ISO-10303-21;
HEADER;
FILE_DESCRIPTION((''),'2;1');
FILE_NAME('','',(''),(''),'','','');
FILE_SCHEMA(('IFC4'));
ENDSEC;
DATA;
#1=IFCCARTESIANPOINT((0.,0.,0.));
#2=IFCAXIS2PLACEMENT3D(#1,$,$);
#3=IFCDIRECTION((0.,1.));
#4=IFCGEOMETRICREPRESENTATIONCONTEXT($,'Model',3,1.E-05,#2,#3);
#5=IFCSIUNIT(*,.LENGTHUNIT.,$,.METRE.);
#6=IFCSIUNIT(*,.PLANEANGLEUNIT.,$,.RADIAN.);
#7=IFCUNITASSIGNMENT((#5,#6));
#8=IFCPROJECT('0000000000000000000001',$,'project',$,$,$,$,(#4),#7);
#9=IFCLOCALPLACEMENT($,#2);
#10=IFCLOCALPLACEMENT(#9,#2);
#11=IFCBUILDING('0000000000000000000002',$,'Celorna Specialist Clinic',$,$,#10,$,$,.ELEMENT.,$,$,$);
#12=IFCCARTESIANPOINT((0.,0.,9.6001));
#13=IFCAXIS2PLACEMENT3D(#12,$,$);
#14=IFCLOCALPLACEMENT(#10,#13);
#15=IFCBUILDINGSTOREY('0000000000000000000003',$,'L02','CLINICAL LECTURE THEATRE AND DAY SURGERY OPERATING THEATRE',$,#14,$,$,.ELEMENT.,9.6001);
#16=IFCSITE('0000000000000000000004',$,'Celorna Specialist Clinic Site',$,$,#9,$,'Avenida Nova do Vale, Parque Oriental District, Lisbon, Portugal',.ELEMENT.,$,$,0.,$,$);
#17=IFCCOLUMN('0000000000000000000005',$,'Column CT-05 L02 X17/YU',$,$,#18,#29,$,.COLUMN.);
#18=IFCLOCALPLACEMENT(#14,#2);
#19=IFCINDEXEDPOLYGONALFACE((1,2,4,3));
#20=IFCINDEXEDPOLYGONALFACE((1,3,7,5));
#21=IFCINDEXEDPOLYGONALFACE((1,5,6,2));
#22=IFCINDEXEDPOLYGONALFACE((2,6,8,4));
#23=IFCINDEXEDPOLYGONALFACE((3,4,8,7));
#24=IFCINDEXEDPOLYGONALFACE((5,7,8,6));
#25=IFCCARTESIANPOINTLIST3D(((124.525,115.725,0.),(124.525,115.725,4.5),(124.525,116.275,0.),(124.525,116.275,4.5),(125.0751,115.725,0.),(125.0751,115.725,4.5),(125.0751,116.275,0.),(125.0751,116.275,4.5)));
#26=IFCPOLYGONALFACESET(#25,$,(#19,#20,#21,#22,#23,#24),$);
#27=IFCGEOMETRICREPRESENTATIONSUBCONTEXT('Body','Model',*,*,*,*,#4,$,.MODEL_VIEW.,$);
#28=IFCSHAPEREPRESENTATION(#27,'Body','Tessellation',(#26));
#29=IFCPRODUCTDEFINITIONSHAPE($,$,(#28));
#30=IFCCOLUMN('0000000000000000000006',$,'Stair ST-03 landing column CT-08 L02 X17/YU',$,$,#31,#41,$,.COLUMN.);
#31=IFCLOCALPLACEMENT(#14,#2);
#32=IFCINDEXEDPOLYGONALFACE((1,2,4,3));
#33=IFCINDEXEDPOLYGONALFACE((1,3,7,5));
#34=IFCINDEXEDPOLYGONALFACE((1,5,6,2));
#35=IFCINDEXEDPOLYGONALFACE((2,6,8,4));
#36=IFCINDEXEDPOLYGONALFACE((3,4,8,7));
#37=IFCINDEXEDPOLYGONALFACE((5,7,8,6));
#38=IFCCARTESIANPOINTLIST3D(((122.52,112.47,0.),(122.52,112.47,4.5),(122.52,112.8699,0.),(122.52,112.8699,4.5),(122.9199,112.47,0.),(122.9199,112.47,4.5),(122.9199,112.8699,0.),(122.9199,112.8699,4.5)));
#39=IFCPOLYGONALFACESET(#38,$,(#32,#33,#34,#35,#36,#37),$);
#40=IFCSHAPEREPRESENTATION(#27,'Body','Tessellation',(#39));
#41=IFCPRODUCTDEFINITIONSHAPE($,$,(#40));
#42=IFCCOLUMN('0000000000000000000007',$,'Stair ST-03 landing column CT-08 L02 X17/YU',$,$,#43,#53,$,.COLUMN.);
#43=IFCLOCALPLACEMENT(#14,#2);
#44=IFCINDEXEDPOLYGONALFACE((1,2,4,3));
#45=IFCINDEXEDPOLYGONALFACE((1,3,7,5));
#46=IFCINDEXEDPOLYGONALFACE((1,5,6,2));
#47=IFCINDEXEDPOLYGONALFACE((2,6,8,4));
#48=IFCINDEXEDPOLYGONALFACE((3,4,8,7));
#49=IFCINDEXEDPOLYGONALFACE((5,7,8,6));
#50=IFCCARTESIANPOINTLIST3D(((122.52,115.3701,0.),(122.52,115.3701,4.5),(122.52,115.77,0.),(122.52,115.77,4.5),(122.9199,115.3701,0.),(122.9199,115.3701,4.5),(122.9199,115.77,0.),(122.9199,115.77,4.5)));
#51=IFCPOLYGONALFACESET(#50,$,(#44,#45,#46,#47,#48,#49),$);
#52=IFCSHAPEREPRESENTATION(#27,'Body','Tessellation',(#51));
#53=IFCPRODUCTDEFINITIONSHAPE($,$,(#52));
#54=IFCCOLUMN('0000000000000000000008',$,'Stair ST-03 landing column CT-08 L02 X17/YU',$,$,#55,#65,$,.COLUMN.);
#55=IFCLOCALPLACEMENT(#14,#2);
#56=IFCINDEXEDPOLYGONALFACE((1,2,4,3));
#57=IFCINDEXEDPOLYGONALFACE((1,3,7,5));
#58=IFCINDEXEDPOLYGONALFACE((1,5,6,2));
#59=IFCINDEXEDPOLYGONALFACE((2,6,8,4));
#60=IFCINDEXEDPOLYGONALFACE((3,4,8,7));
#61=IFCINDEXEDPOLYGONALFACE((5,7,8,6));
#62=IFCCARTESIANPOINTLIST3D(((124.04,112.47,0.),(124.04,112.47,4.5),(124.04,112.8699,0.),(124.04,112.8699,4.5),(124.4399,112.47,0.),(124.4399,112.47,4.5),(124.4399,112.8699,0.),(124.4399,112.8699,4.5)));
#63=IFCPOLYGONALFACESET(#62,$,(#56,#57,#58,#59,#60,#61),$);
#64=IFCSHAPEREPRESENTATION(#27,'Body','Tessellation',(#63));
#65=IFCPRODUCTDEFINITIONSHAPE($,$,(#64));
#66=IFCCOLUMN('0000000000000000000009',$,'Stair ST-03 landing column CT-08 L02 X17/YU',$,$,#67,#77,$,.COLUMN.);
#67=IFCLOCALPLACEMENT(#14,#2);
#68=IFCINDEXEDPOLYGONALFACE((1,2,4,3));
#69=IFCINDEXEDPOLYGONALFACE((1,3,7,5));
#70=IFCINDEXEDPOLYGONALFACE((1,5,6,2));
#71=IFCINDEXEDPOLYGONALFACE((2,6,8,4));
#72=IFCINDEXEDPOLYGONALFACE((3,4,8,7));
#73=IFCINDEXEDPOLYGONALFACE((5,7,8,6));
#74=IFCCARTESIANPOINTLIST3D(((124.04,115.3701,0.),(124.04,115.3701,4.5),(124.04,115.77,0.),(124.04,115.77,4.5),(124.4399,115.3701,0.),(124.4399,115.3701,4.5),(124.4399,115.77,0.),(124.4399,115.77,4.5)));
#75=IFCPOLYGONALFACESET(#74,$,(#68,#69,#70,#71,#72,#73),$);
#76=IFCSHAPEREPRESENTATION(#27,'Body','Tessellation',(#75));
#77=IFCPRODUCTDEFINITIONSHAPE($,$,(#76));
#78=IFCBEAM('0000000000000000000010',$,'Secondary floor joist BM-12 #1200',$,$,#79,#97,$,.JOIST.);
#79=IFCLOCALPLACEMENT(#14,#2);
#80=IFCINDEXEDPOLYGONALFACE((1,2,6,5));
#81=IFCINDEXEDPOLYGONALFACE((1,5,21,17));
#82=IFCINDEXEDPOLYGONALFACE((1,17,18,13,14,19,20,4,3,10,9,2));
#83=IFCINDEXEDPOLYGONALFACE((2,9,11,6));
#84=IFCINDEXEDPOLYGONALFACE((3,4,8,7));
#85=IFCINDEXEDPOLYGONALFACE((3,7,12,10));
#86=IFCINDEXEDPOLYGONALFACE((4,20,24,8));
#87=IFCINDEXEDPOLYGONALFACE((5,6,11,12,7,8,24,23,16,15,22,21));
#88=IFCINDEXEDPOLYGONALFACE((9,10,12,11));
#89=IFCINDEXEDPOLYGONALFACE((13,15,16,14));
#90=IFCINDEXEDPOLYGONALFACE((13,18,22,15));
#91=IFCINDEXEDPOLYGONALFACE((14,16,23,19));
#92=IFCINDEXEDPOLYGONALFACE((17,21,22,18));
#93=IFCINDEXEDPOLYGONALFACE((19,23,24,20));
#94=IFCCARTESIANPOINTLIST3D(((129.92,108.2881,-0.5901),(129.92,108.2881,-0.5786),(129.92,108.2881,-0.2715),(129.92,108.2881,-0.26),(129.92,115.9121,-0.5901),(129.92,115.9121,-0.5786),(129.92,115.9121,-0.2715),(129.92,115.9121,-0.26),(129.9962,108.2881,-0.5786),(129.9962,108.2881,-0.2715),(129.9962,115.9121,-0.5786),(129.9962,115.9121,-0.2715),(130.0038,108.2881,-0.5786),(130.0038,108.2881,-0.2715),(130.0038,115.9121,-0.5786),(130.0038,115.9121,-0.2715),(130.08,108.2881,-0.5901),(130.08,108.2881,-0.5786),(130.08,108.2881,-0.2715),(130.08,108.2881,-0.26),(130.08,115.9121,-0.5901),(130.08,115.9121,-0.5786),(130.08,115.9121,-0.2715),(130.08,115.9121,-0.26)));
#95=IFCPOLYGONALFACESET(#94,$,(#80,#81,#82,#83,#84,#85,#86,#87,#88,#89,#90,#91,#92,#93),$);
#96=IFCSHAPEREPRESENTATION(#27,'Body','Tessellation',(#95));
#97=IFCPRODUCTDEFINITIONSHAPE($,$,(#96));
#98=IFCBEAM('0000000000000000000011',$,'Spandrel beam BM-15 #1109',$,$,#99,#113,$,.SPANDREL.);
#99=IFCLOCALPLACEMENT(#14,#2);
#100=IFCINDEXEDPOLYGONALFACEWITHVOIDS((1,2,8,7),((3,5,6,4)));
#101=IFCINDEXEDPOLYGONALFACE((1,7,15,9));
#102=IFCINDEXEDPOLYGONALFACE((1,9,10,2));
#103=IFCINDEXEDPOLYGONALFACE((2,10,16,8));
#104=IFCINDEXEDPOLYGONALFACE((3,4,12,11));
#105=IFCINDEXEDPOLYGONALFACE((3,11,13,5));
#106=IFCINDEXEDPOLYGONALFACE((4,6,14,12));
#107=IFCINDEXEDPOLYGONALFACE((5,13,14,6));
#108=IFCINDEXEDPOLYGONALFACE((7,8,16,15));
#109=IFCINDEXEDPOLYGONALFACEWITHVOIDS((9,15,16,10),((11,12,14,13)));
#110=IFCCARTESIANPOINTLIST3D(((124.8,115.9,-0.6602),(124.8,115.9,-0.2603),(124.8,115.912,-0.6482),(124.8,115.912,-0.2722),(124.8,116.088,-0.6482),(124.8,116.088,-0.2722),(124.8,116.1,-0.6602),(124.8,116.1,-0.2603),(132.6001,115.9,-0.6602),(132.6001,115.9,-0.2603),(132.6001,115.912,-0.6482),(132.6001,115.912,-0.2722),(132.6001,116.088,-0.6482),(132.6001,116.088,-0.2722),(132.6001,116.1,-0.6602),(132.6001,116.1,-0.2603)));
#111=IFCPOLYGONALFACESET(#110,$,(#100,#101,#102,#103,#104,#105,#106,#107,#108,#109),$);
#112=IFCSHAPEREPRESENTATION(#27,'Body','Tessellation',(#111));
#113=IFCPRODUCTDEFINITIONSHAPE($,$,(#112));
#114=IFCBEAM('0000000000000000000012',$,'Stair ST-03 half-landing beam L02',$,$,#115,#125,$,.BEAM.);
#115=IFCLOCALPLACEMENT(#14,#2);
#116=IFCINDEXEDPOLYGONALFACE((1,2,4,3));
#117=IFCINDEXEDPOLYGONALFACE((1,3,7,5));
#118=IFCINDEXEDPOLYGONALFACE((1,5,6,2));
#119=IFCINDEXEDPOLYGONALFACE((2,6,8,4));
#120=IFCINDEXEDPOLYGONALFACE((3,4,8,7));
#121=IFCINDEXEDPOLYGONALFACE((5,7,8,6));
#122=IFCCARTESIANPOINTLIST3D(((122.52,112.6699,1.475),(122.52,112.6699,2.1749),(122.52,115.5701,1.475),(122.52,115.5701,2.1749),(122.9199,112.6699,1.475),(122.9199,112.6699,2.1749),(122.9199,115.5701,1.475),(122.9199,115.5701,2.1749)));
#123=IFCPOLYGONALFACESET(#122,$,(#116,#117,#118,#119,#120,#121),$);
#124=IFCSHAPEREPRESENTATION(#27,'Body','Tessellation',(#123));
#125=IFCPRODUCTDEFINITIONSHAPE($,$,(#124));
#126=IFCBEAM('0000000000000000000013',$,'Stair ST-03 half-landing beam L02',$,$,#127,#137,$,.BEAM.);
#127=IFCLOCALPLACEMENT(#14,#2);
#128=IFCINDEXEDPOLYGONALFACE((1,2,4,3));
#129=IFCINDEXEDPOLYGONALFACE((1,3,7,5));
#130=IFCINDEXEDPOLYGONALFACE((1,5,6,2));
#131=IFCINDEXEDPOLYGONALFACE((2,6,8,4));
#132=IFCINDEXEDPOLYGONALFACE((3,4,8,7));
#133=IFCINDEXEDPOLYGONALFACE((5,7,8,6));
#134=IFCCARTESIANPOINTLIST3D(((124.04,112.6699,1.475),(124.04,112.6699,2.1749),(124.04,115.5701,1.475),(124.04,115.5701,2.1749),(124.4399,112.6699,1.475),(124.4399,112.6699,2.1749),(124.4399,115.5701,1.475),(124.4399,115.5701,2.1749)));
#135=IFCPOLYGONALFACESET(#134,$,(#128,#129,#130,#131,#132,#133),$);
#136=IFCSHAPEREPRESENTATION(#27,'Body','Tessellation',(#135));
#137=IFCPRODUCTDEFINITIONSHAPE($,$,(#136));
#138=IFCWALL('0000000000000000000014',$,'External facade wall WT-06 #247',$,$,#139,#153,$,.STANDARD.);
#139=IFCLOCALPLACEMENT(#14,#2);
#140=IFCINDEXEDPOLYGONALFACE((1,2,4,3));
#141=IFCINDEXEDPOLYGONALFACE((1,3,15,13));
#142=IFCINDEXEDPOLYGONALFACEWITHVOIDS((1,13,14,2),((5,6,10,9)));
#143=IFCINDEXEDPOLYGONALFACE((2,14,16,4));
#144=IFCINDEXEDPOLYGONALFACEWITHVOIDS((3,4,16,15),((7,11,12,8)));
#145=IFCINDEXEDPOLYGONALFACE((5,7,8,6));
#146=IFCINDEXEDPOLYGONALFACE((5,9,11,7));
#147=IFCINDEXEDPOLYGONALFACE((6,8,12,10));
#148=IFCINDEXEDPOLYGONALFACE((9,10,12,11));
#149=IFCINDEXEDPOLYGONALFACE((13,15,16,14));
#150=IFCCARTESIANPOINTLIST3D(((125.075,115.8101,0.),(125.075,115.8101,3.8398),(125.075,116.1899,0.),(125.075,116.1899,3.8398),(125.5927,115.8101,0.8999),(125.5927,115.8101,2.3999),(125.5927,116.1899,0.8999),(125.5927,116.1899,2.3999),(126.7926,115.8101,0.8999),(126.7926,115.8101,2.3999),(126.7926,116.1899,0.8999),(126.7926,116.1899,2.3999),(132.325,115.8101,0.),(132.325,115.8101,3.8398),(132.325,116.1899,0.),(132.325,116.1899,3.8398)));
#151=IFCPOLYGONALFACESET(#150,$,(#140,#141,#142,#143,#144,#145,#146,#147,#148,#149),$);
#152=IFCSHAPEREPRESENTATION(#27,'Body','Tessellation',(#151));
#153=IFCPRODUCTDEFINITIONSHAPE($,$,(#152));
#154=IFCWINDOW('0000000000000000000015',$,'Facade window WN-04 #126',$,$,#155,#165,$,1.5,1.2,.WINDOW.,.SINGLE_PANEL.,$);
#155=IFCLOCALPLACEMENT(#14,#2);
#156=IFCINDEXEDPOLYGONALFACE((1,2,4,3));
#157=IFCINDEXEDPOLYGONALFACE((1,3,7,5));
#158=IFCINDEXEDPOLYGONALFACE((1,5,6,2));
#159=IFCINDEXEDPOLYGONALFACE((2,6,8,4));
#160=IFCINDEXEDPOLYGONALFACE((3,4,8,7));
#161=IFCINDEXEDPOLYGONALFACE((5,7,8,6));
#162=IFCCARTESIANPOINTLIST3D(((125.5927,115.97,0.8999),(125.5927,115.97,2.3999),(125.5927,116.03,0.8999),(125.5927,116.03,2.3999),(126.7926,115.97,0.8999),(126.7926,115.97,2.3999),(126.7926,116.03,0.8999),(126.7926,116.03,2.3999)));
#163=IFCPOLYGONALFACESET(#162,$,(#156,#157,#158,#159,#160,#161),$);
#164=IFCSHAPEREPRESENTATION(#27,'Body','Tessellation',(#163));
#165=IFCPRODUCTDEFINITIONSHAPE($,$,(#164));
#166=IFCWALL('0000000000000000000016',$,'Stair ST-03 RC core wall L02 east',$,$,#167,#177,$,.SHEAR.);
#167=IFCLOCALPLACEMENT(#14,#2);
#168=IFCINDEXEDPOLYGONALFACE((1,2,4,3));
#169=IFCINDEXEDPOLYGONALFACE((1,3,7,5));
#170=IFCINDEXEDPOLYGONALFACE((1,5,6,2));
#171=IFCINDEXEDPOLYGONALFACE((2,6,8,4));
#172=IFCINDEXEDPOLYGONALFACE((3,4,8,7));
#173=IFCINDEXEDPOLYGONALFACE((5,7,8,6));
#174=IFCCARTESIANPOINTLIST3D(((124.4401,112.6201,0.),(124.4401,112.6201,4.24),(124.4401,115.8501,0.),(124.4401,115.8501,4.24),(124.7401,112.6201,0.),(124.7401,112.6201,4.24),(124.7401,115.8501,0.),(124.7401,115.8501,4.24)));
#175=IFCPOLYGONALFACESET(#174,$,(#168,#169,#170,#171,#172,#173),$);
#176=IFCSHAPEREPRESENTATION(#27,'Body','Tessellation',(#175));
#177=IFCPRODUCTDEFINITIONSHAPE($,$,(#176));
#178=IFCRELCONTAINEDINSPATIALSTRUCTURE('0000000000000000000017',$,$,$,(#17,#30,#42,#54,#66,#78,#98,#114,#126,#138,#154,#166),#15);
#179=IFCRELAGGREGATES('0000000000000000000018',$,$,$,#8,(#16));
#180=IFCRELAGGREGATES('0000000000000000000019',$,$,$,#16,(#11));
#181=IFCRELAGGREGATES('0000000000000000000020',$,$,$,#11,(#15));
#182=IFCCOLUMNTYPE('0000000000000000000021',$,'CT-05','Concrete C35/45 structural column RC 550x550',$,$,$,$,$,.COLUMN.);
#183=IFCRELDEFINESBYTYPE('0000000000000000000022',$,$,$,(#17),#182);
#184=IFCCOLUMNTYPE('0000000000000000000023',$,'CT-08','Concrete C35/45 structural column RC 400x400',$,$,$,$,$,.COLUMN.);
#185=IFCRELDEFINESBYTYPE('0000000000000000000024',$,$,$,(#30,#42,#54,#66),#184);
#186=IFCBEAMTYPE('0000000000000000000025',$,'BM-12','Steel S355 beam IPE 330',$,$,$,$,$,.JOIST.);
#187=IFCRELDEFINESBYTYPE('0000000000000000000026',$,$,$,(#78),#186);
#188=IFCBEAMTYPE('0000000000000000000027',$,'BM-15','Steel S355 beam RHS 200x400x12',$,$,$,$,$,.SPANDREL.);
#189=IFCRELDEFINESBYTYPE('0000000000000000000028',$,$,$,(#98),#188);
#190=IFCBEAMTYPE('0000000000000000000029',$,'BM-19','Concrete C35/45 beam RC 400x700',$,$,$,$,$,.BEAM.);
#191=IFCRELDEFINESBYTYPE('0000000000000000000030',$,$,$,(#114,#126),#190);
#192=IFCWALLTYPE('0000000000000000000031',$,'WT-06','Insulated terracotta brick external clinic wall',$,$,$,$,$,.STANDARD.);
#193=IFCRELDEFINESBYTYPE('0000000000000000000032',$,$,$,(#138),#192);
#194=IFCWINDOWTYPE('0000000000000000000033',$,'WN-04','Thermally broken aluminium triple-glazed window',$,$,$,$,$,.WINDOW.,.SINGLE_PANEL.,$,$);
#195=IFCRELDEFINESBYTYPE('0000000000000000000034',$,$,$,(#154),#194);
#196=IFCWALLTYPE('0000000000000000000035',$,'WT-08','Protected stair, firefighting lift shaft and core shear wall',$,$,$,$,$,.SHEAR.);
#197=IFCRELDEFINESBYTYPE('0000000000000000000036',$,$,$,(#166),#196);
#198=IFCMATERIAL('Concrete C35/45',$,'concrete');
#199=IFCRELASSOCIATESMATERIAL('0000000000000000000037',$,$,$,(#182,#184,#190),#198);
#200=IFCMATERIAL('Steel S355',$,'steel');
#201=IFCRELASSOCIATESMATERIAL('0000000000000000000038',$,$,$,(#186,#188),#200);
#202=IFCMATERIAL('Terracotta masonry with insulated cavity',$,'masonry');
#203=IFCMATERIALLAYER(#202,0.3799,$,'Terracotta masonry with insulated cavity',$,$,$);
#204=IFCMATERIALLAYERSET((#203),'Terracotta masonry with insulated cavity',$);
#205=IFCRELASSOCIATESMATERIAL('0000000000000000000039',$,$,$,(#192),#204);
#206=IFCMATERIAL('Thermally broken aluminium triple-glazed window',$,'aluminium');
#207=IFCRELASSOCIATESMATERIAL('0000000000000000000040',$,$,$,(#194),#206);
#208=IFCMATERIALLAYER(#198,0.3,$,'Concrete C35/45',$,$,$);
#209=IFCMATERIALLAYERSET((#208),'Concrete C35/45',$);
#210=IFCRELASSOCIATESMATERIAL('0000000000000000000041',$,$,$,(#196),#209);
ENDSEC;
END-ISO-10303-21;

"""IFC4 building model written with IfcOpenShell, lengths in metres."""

from ifc_helpers import new_model, si_unit, direction, frame, frame_2d, origin, origin_2d, place, context, subcontext, project, spatial, rectangle, hollow_rectangle, i_section, extrude, material, layer, layer_set, material_profile, profile_set, type_object, element, fill, save


model = new_model("IFC4")

# Units and contexts
model_context = context("Model", 3, precision=1e-05, world=origin(), true_north=direction((0.0, 1.0)))
body_context = subcontext(model_context, "Body", "Model", "MODEL_VIEW")
ifc_project = project(units=[si_unit("LENGTHUNIT", "METRE"), si_unit("PLANEANGLEUNIT", "RADIAN")], contexts=[model_context])

# Site, building, storey
site_placement = place(None, origin())
site = spatial("IfcSite", under=ifc_project, at=site_placement, Name="Celorna Specialist Clinic Site", LongName="Avenida Nova do Vale, Parque Oriental District, Lisbon, Portugal", CompositionType="ELEMENT", RefElevation=0.0)
building_placement = place(site_placement, origin())
building = spatial("IfcBuilding", under=site, at=building_placement, Name="Celorna Specialist Clinic", CompositionType="ELEMENT")
storey_placement = place(building_placement, frame((0.0, 0.0, 9.6001)))
storey = spatial("IfcBuildingStorey", under=building, at=storey_placement, Name="L02", Description="CLINICAL LECTURE THEATRE AND DAY SURGERY OPERATING THEATRE", CompositionType="ELEMENT", Elevation=9.6001)

# Columns
ifc_material_1 = material(Name="Concrete C35/45", Category="concrete")
ifc_material_profile_1 = material_profile(ifc_material_1, rectangle(XDim=0.55, YDim=0.55, at=origin_2d()), Name="RC 550x550")
ifc_profile_set_1 = profile_set([ifc_material_profile_1], Name="Concrete C35/45")
column_type_1 = type_object("IfcColumnType", Name="CT-05", Description="Concrete C35/45 structural column RC 550x550", PredefinedType="COLUMN", material=ifc_profile_set_1)
column_placement = place(storey_placement, frame((124.8, 116.0, 0.0), z_axis=(0.0, 0.0, 1.0), x_axis=(1.0, 0.0, 0.0)))
element("IfcColumn", 1, at=column_placement, inside=storey, type_object=column_type_1, Name="Column CT-05 L02 X17/YU", PredefinedType="COLUMN", context=body_context, shape_type="SweptSolid", body=[
    extrude(rectangle(XDim=0.55, YDim=0.55, at=origin_2d()), origin(), (0.0, 0.0, 1.0), 4.5),
])
ifc_material_profile_2 = material_profile(ifc_material_1, rectangle(XDim=0.3999, YDim=0.3999, at=origin_2d()), Name="RC 400x400")
ifc_profile_set_2 = profile_set([ifc_material_profile_2], Name="Concrete C35/45")
column_type_2 = type_object("IfcColumnType", Name="CT-08", Description="Concrete C35/45 structural column RC 400x400", PredefinedType="COLUMN", material=ifc_profile_set_2)
for number, where, z_axis, x_axis, name in (
    (2, (122.72, 112.6699, 0.0), (0.0, 0.0, 1.0), (1.0, 0.0, 0.0), "Stair ST-03 landing column CT-08 L02 X17/YU"),
    (3, (122.72, 115.5701, 0.0), (0.0, 0.0, 1.0), (1.0, 0.0, 0.0), "Stair ST-03 landing column CT-08 L02 X17/YU"),
    (4, (124.24, 112.6699, 0.0), (0.0, 0.0, 1.0), (1.0, 0.0, 0.0), "Stair ST-03 landing column CT-08 L02 X17/YU"),
    (5, (124.24, 115.5701, 0.0), (0.0, 0.0, 1.0), (1.0, 0.0, 0.0), "Stair ST-03 landing column CT-08 L02 X17/YU"),
):
    element("IfcColumn", number, at=place(storey_placement, frame(where, z_axis=z_axis, x_axis=x_axis)), inside=storey, type_object=column_type_2, Name=name, PredefinedType="COLUMN", context=body_context, shape_type="SweptSolid", body=[
        extrude(rectangle(XDim=0.3999, YDim=0.3999, at=origin_2d()), origin(), (0.0, 0.0, 1.0), 4.5),
    ])

# Beams
ifc_material_2 = material(Name="Steel S355", Category="steel")
ifc_material_profile_3 = material_profile(ifc_material_2, i_section(OverallWidth=0.1599, OverallDepth=0.3301, WebThickness=0.0076, FlangeThickness=0.0115, at=origin_2d()), Name="IPE 330")
ifc_profile_set_3 = profile_set([ifc_material_profile_3], Name="Steel S355")
beam_type_1 = type_object("IfcBeamType", Name="BM-12", Description="Steel S355 beam IPE 330", PredefinedType="JOIST", material=ifc_profile_set_3)
beam_1_placement = place(storey_placement, frame((130.0, 108.2881, -0.425), z_axis=(0.0, 1.0, 0.0), x_axis=(-1.0, 0.0, 0.0)))
element("IfcBeam", 6, at=beam_1_placement, inside=storey, type_object=beam_type_1, Name="Secondary floor joist BM-12 #1200", PredefinedType="JOIST", context=body_context, shape_type="SweptSolid", body=[
    extrude(i_section(OverallWidth=0.1599, OverallDepth=0.3301, WebThickness=0.0076, FlangeThickness=0.0115, at=origin_2d()), origin(), (0.0, 0.0, 1.0), 7.624),
])
ifc_material_profile_4 = material_profile(ifc_material_2, hollow_rectangle(XDim=0.2, YDim=0.3999, WallThickness=0.012, at=origin_2d()), Name="RHS 200x400x12")
ifc_profile_set_4 = profile_set([ifc_material_profile_4], Name="Steel S355")
beam_type_2 = type_object("IfcBeamType", Name="BM-15", Description="Steel S355 beam RHS 200x400x12", PredefinedType="SPANDREL", material=ifc_profile_set_4)
beam_2_placement = place(storey_placement, frame((124.8, 116.0, -0.4602), z_axis=(1.0, 0.0, 0.0), x_axis=(0.0, 1.0, 0.0)))
element("IfcBeam", 7, at=beam_2_placement, inside=storey, type_object=beam_type_2, Name="Spandrel beam BM-15 #1109", PredefinedType="SPANDREL", context=body_context, shape_type="SweptSolid", body=[
    extrude(hollow_rectangle(XDim=0.2, YDim=0.3999, WallThickness=0.012, at=origin_2d()), origin(), (0.0, 0.0, 1.0), 7.8),
])
ifc_material_profile_5 = material_profile(ifc_material_1, rectangle(XDim=0.3999, YDim=0.7, at=origin_2d()), Name="RC 400x700")
ifc_profile_set_5 = profile_set([ifc_material_profile_5], Name="Concrete C35/45")
beam_type_3 = type_object("IfcBeamType", Name="BM-19", Description="Concrete C35/45 beam RC 400x700", PredefinedType="BEAM", material=ifc_profile_set_5)
for number, where, z_axis, x_axis, name in (
    (8, (122.72, 112.6699, 1.825), (0.0, 1.0, 0.0), (-1.0, 0.0, 0.0), "Stair ST-03 half-landing beam L02"),
    (9, (124.24, 112.6699, 1.825), (0.0, 1.0, 0.0), (-1.0, 0.0, 0.0), "Stair ST-03 half-landing beam L02"),
):
    element("IfcBeam", number, at=place(storey_placement, frame(where, z_axis=z_axis, x_axis=x_axis)), inside=storey, type_object=beam_type_3, Name=name, PredefinedType="BEAM", context=body_context, shape_type="SweptSolid", body=[
        extrude(rectangle(XDim=0.3999, YDim=0.7, at=origin_2d()), origin(), (0.0, 0.0, 1.0), 2.9001),
    ])

# Wall, opening, window
ifc_material_3 = material(Name="Terracotta masonry with insulated cavity", Category="masonry")
ifc_layer_1 = layer(ifc_material_3, 0.3799, Name="Terracotta masonry with insulated cavity")
ifc_layer_set_1 = layer_set([ifc_layer_1], Name="Terracotta masonry with insulated cavity")
wall_type_1 = type_object("IfcWallType", Name="WT-06", Description="Insulated terracotta brick external clinic wall", PredefinedType="STANDARD", material=ifc_layer_set_1)
wall_1_placement = place(storey_placement, frame((125.075, 116.0, 0.0), z_axis=(0.0, 0.0, 1.0), x_axis=(1.0, 0.0, 0.0)))
wall_1 = element("IfcWall", 10, at=wall_1_placement, inside=storey, type_object=wall_type_1, Name="External facade wall WT-06 #247", PredefinedType="STANDARD", context=body_context, shape_type="SweptSolid", body=[
    extrude(rectangle(XDim=7.25, YDim=0.3799, at=frame_2d((3.625, 0.0))), origin(), (0.0, 0.0, 1.0), 3.8398),
])
opening_placement = place(wall_1_placement, frame((0.5176, 0.0, 0.8999)))
opening = element("IfcOpeningElement", 11, at=opening_placement, cuts=wall_1, PredefinedType="OPENING", context=body_context, shape_type="SweptSolid", body=[
    extrude(rectangle(XDim=1.2, YDim=1.5, at=frame_2d((0.6001, 0.75))), frame((0.0, 0.2, 0.0), z_axis=(0.0, -1.0, 0.0), x_axis=(1.0, 0.0, 0.0)), (0.0, 0.0, 1.0), 0.3999),
])
ifc_material_4 = material(Name="Thermally broken aluminium triple-glazed window", Category="aluminium")
window_type = type_object("IfcWindowType", Name="WN-04", Description="Thermally broken aluminium triple-glazed window", PartitioningType="SINGLE_PANEL", PredefinedType="WINDOW", material=ifc_material_4)
window_placement = place(opening_placement, origin())
window = element("IfcWindow", 12, at=window_placement, inside=storey, type_object=window_type, Name="Facade window WN-04 #126", OverallHeight=1.5, OverallWidth=1.2, PartitioningType="SINGLE_PANEL", PredefinedType="WINDOW", context=body_context, shape_type="SweptSolid", body=[
    extrude(rectangle(XDim=1.2, YDim=1.5, at=frame_2d((0.6001, 0.75))), frame((0.0, 0.03, 0.0), z_axis=(0.0, -1.0, 0.0), x_axis=(1.0, 0.0, 0.0)), (0.0, 0.0, 1.0), 0.0601),
])
fill(opening, window)

# Wall
ifc_layer_2 = layer(ifc_material_1, 0.3, Name="Concrete C35/45")
ifc_layer_set_2 = layer_set([ifc_layer_2], Name="Concrete C35/45")
wall_type_2 = type_object("IfcWallType", Name="WT-08", Description="Protected stair, firefighting lift shaft and core shear wall", PredefinedType="SHEAR", material=ifc_layer_set_2)
wall_2_placement = place(storey_placement, frame((124.5901, 112.6201, 0.0), z_axis=(0.0, 0.0, 1.0), x_axis=(0.0, 1.0, 0.0)))
element("IfcWall", 13, at=wall_2_placement, inside=storey, type_object=wall_type_2, Name="Stair ST-03 RC core wall L02 east", PredefinedType="SHEAR", context=body_context, shape_type="SweptSolid", body=[
    extrude(rectangle(XDim=3.23, YDim=0.3, at=frame_2d((1.615, 0.0))), origin(), (0.0, 0.0, 1.0), 4.24),
])

save(model, "model.ifc")
